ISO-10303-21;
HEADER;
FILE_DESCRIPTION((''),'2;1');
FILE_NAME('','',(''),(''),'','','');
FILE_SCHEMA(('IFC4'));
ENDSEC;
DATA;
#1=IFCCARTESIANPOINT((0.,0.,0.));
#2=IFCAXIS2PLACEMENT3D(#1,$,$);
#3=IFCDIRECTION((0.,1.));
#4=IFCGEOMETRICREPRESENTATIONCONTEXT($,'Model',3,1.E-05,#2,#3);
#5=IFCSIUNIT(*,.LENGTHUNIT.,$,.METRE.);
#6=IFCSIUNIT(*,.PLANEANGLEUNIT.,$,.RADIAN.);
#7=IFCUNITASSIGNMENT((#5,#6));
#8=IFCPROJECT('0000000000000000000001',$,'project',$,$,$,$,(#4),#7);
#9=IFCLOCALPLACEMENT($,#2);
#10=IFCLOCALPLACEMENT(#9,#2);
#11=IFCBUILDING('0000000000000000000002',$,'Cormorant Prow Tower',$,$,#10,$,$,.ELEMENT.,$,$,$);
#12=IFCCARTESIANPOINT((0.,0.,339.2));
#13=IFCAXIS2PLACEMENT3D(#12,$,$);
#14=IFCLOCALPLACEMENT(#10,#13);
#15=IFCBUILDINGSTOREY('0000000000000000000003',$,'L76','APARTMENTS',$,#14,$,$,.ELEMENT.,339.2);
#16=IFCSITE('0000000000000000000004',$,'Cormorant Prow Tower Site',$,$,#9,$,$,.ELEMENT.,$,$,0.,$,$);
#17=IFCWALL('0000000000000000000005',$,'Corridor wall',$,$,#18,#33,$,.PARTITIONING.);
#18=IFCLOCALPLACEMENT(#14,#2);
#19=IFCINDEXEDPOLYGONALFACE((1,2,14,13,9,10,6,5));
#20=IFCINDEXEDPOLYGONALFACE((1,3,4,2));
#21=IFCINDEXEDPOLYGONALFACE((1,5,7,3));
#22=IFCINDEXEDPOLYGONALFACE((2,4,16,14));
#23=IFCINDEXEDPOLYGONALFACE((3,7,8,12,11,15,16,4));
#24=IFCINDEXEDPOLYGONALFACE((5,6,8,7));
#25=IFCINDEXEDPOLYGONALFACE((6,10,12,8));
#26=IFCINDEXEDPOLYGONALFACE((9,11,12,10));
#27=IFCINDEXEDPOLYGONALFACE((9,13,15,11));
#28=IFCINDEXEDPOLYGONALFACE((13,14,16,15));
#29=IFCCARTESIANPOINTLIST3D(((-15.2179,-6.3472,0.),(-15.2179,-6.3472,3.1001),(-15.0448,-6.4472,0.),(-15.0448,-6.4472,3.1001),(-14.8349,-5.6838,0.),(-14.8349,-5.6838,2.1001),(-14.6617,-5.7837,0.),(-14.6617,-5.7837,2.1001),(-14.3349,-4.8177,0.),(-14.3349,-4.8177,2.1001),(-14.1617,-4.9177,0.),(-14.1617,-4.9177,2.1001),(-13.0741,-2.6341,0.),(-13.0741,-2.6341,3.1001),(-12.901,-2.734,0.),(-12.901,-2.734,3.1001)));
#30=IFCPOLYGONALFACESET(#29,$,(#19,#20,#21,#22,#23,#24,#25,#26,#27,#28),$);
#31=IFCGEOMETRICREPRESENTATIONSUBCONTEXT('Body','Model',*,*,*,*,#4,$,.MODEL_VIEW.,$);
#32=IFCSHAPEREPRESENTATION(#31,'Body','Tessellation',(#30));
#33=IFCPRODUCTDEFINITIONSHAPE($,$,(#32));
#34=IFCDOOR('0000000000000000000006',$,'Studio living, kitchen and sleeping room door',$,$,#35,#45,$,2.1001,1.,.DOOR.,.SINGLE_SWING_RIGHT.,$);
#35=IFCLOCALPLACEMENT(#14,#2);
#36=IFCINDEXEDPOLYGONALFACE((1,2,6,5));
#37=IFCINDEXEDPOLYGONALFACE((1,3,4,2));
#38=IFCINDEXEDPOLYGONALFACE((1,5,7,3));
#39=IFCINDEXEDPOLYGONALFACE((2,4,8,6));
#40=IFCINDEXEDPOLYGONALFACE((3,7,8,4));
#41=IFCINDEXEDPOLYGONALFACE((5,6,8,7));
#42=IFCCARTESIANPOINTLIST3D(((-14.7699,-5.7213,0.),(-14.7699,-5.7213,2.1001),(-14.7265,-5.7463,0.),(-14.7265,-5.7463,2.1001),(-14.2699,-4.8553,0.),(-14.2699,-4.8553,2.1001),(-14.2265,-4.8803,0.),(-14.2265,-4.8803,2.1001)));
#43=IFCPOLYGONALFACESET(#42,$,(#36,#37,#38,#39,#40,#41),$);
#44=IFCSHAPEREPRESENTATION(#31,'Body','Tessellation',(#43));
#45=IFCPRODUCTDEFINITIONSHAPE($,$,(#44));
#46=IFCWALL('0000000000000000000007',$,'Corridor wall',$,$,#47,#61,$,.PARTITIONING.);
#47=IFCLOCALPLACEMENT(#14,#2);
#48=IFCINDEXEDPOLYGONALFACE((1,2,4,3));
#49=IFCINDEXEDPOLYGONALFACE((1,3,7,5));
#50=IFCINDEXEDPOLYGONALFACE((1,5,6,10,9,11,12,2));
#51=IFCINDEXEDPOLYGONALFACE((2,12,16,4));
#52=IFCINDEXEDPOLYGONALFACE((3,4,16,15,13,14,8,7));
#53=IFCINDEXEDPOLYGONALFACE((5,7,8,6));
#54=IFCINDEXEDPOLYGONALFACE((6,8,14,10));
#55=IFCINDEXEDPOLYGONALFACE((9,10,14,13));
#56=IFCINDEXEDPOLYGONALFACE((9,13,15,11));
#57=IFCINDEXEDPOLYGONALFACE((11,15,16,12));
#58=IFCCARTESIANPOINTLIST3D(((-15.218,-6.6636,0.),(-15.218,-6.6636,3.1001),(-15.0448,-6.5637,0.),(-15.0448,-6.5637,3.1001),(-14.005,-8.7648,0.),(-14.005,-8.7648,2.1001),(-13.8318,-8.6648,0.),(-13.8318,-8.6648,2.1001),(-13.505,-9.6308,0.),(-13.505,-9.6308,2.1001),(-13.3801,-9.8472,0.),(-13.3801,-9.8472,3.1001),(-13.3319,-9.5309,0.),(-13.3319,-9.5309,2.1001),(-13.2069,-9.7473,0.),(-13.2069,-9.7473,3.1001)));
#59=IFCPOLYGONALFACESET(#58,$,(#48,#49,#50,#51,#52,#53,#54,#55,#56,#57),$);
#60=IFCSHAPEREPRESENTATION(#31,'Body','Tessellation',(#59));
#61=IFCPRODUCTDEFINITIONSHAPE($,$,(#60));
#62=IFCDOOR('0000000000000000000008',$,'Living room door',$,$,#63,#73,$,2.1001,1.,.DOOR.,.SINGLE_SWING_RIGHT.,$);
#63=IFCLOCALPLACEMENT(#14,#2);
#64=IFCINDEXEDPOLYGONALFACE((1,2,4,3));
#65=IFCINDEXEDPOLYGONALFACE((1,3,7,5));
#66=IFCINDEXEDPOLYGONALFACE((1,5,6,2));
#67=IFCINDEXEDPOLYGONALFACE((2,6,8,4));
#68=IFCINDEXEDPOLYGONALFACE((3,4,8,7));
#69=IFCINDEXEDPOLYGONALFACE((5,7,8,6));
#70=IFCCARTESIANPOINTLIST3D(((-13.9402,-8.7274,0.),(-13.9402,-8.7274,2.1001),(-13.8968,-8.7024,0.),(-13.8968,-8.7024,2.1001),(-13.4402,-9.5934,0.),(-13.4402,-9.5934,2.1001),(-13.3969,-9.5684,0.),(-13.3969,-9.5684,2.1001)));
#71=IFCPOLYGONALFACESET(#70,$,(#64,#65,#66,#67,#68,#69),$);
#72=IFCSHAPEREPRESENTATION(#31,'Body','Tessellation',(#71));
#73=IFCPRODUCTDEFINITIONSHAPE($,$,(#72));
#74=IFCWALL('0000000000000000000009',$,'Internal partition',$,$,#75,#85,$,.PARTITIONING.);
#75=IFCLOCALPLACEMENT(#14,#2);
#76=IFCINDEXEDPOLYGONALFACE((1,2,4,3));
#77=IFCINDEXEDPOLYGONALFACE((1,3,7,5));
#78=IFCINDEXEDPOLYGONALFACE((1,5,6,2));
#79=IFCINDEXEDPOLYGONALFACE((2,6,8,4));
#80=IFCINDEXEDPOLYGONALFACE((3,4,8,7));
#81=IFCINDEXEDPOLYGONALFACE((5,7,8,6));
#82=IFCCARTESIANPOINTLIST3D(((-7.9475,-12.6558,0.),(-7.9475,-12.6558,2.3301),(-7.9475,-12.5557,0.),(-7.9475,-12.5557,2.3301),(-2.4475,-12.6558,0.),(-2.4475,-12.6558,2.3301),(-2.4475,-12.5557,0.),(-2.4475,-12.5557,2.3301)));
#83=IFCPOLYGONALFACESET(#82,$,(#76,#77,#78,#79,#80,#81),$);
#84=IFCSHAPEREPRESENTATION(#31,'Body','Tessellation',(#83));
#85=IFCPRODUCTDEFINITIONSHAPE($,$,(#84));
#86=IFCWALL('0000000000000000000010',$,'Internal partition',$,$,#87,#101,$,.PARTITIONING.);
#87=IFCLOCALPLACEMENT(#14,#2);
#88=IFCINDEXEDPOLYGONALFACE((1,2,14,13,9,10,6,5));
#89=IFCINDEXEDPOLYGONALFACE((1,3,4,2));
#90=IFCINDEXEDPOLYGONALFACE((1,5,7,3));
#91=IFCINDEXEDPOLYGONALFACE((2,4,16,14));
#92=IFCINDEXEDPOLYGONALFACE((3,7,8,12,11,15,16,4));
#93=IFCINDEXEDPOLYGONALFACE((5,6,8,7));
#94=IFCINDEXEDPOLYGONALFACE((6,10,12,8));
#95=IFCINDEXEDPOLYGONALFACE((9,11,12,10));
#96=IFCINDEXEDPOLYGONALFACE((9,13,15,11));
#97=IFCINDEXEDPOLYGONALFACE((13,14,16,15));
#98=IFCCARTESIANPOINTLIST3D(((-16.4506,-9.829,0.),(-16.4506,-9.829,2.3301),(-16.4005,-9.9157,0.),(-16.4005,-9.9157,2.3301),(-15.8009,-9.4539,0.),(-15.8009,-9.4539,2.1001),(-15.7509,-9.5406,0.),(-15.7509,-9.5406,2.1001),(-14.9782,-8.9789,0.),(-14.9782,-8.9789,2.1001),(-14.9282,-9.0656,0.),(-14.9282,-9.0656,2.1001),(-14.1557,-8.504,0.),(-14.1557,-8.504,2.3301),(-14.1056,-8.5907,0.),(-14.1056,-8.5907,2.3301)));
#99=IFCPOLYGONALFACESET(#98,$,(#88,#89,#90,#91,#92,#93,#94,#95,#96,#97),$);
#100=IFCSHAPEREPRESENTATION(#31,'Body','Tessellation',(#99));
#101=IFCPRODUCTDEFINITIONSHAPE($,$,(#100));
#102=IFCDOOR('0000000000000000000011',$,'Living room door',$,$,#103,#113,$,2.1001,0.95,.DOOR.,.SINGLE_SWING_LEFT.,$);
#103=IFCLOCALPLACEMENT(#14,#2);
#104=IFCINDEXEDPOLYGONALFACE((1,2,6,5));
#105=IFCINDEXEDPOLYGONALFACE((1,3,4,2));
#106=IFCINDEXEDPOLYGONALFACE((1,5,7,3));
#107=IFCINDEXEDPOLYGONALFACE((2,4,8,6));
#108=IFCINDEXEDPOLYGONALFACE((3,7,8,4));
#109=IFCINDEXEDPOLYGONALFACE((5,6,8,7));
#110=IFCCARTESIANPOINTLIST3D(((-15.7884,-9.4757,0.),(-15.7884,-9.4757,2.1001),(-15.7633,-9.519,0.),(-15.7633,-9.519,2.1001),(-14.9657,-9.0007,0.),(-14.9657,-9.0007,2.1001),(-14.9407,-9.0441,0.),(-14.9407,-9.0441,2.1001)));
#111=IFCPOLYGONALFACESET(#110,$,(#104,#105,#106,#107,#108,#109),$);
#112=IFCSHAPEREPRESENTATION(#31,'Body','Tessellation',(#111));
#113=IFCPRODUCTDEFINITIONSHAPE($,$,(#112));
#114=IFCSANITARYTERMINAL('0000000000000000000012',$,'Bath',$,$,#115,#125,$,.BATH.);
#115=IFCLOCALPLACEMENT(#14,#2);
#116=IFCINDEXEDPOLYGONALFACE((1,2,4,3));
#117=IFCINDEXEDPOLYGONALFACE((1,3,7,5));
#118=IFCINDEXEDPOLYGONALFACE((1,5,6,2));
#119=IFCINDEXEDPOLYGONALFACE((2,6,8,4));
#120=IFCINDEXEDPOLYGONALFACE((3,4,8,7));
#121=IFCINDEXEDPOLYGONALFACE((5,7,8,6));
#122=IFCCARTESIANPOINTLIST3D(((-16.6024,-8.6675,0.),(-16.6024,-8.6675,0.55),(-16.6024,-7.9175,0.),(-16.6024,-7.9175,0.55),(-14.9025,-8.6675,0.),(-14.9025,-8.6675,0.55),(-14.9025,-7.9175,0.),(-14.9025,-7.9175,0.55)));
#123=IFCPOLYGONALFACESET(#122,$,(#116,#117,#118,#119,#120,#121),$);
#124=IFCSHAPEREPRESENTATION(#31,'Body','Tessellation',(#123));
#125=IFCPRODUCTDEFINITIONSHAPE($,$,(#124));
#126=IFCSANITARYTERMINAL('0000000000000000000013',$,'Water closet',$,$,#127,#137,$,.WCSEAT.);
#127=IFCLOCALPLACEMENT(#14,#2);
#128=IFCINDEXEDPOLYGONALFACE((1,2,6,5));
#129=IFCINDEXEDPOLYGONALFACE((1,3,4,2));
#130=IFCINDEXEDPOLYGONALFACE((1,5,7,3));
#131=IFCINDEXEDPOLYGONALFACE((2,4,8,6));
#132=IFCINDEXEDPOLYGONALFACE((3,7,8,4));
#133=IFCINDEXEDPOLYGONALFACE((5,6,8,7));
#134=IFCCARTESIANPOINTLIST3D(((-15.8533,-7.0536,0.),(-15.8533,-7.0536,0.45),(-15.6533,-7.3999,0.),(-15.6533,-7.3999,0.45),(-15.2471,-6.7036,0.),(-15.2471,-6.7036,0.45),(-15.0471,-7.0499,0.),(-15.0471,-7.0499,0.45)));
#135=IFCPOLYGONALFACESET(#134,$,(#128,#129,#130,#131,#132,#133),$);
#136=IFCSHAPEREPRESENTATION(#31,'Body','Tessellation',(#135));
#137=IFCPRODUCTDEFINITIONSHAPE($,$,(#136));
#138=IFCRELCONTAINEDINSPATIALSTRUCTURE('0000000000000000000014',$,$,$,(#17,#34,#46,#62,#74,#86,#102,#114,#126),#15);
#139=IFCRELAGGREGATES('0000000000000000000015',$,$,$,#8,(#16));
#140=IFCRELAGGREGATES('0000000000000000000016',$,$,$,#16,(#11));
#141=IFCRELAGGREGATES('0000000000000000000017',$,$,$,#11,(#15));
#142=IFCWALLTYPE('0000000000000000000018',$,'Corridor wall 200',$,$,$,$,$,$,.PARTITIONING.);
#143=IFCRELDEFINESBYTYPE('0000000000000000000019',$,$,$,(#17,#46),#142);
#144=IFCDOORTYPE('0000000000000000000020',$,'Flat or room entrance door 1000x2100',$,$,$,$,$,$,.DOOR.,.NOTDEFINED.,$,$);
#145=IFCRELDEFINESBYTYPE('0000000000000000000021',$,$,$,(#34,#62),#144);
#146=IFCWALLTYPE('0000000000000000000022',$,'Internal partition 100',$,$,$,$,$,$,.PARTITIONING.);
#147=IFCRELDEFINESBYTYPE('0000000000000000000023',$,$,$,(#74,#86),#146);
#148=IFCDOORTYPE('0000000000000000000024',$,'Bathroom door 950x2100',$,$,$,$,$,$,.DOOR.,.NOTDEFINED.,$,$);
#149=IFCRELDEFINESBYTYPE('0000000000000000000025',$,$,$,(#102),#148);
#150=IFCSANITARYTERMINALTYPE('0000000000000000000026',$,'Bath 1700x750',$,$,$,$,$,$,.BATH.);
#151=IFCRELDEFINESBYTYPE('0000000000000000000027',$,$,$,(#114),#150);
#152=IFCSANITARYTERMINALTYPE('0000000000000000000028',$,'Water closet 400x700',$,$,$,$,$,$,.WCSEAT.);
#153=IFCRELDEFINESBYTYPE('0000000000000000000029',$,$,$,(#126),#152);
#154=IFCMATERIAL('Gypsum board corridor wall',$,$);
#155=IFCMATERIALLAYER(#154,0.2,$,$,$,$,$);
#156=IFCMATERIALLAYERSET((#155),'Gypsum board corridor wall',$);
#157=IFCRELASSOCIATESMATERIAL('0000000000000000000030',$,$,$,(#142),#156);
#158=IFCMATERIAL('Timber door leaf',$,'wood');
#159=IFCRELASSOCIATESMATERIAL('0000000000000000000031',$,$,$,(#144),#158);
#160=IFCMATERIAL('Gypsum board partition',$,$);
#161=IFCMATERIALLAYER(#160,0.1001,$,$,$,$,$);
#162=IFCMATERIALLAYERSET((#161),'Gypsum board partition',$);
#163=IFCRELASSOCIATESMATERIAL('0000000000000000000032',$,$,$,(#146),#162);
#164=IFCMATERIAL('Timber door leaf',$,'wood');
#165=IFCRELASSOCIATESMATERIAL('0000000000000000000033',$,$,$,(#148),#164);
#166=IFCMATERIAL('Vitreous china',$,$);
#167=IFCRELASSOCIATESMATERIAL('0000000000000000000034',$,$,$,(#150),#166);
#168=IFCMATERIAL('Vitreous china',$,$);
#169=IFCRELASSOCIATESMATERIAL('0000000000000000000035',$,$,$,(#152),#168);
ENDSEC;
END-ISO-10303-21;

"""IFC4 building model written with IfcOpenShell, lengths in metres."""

from ifc_helpers import new_model, si_unit, direction, frame, frame_2d, origin, origin_2d, place, context, subcontext, project, spatial, rectangle, extrude, material, layer, layer_set, type_object, element, fill, save


model = new_model("IFC4")

# Units and contexts
model_context = context("Model", 3, precision=1e-05, world=origin(), true_north=direction((0.0, 1.0)))
body_context = subcontext(model_context, "Body", "Model", "MODEL_VIEW")
ifc_project = project(units=[si_unit("LENGTHUNIT", "METRE"), si_unit("PLANEANGLEUNIT", "RADIAN")], contexts=[model_context])

# Site, building, storey
site_placement = place(None, origin())
site = spatial("IfcSite", under=ifc_project, at=site_placement, Name="Cormorant Prow Tower Site", CompositionType="ELEMENT", RefElevation=0.0)
building_placement = place(site_placement, origin())
building = spatial("IfcBuilding", under=site, at=building_placement, Name="Cormorant Prow Tower", CompositionType="ELEMENT")
storey_placement = place(building_placement, frame((0.0, 0.0, 339.2)))
storey = spatial("IfcBuildingStorey", under=building, at=storey_placement, Name="L76", Description="APARTMENTS", CompositionType="ELEMENT", Elevation=339.2)

# Shared definitions
ifc_material_1 = material(Name="Gypsum board corridor wall")
ifc_layer_1 = layer(ifc_material_1, 0.2)
ifc_layer_set_1 = layer_set([ifc_layer_1], Name="Gypsum board corridor wall")
wall_type_1 = type_object("IfcWallType", Name="Corridor wall 200", PredefinedType="PARTITIONING", material=ifc_layer_set_1)
ifc_material_2 = material(Name="Timber door leaf", Category="wood")
door_type_1 = type_object("IfcDoorType", Name="Flat or room entrance door 1000x2100", OperationType="NOTDEFINED", PredefinedType="DOOR", material=ifc_material_2)

# Walls, openings, doors
wall_1_placement = place(storey_placement, frame((-15.1313, -6.3972, 0.0), z_axis=(0.0, 0.0, 1.0), x_axis=(0.500003, 0.866023, 0.0)))
wall_1 = element("IfcWall", 1, at=wall_1_placement, inside=storey, type_object=wall_type_1, Name="Corridor wall", PredefinedType="PARTITIONING", context=body_context, shape_type="SweptSolid", body=[
    extrude(rectangle(XDim=4.2876, YDim=0.2, at=frame_2d((2.1438, 0.0))), origin(), (0.0, 0.0, 1.0), 3.1001),
])
opening_1_placement = place(wall_1_placement, frame((0.7661, 0.0, 0.0)))
opening_1 = element("IfcOpeningElement", 2, at=opening_1_placement, cuts=wall_1, PredefinedType="OPENING", context=body_context, shape_type="SweptSolid", body=[
    extrude(rectangle(XDim=1.0, YDim=2.1001, at=frame_2d((0.5, 1.05))), frame((0.0, 0.1099, 0.0), z_axis=(0.0, -1.0, 0.0), x_axis=(1.0, 0.0, 0.0)), (0.0, 0.0, 1.0), 0.22),
])
door_1_placement = place(opening_1_placement, origin())
door_1 = element("IfcDoor", 3, at=door_1_placement, inside=storey, type_object=door_type_1, Name="Studio living, kitchen and sleeping room door", OperationType="SINGLE_SWING_RIGHT", OverallHeight=2.1001, OverallWidth=1.0, PredefinedType="DOOR", context=body_context, shape_type="SweptSolid", body=[
    extrude(rectangle(XDim=1.0, YDim=2.1001, at=frame_2d((0.5, 1.05))), frame((0.0, 0.0249, 0.0), z_axis=(0.0, -1.0, 0.0), x_axis=(1.0, 0.0, 0.0)), (0.0, 0.0, 1.0), 0.05),
])
fill(opening_1, door_1)
wall_2_placement = place(storey_placement, frame((-15.1313, -6.6138, 0.0), z_axis=(0.0, 0.0, 1.0), x_axis=(0.499968, -0.866044, 0.0)))
wall_2 = element("IfcWall", 4, at=wall_2_placement, inside=storey, type_object=wall_type_1, Name="Corridor wall", PredefinedType="PARTITIONING", context=body_context, shape_type="SweptSolid", body=[
    extrude(rectangle(XDim=3.676, YDim=0.2, at=frame_2d((1.8379, 0.0))), origin(), (0.0, 0.0, 1.0), 3.1001),
])
opening_2_placement = place(wall_2_placement, frame((2.426, 0.0, 0.0)))
opening_2 = element("IfcOpeningElement", 5, at=opening_2_placement, cuts=wall_2, PredefinedType="OPENING", context=body_context, shape_type="SweptSolid", body=[
    extrude(rectangle(XDim=1.0, YDim=2.1001, at=frame_2d((0.5, 1.05))), frame((0.0, 0.1099, 0.0), z_axis=(0.0, -1.0, 0.0), x_axis=(1.0, 0.0, 0.0)), (0.0, 0.0, 1.0), 0.22),
])
door_2_placement = place(opening_2_placement, origin())
door_2 = element("IfcDoor", 6, at=door_2_placement, inside=storey, type_object=door_type_1, Name="Living room door", OperationType="SINGLE_SWING_RIGHT", OverallHeight=2.1001, OverallWidth=1.0, PredefinedType="DOOR", context=body_context, shape_type="SweptSolid", body=[
    extrude(rectangle(XDim=1.0, YDim=2.1001, at=frame_2d((0.5, 1.05))), frame((0.0, 0.0249, 0.0), z_axis=(0.0, -1.0, 0.0), x_axis=(1.0, 0.0, 0.0)), (0.0, 0.0, 1.0), 0.05),
])
fill(opening_2, door_2)

# Wall
ifc_material_3 = material(Name="Gypsum board partition")
ifc_layer_2 = layer(ifc_material_3, 0.1001)
ifc_layer_set_2 = layer_set([ifc_layer_2], Name="Gypsum board partition")
wall_type_2 = type_object("IfcWallType", Name="Internal partition 100", PredefinedType="PARTITIONING", material=ifc_layer_set_2)
wall_3_placement = place(storey_placement, frame((-7.9475, -12.6057, 0.0), z_axis=(0.0, 0.0, 1.0), x_axis=(1.0, 0.0, 0.0)))
element("IfcWall", 7, at=wall_3_placement, inside=storey, type_object=wall_type_2, Name="Internal partition", PredefinedType="PARTITIONING", context=body_context, shape_type="SweptSolid", body=[
    extrude(rectangle(XDim=5.5, YDim=0.1001, at=frame_2d((2.75, 0.0))), origin(), (0.0, 0.0, 1.0), 2.3301),
])

# Wall, opening, door
wall_4_placement = place(storey_placement, frame((-16.4255, -9.8723, 0.0), z_axis=(0.0, 0.0, 1.0), x_axis=(0.866029, 0.499994, 0.0)))
wall_4 = element("IfcWall", 8, at=wall_4_placement, inside=storey, type_object=wall_type_2, Name="Internal partition", PredefinedType="PARTITIONING", context=body_context, shape_type="SweptSolid", body=[
    extrude(rectangle(XDim=2.6499, YDim=0.1001, at=frame_2d((1.325, 0.0))), origin(), (0.0, 0.0, 1.0), 2.3301),
])
opening_3_placement = place(wall_4_placement, frame((0.75, 0.0, 0.0)))
opening_3 = element("IfcOpeningElement", 9, at=opening_3_placement, cuts=wall_4, PredefinedType="OPENING", context=body_context, shape_type="SweptSolid", body=[
    extrude(rectangle(XDim=0.95, YDim=2.1001, at=frame_2d((0.4751, 1.05))), frame((0.0, 0.0601, 0.0), z_axis=(0.0, -1.0, 0.0), x_axis=(1.0, 0.0, 0.0)), (0.0, 0.0, 1.0), 0.1201),
])
ifc_material_4 = material(Name="Timber door leaf", Category="wood")
door_type_2 = type_object("IfcDoorType", Name="Bathroom door 950x2100", OperationType="NOTDEFINED", PredefinedType="DOOR", material=ifc_material_4)
door_3_placement = place(opening_3_placement, origin())
door_3 = element("IfcDoor", 10, at=door_3_placement, inside=storey, type_object=door_type_2, Name="Living room door", OperationType="SINGLE_SWING_LEFT", OverallHeight=2.1001, OverallWidth=0.95, PredefinedType="DOOR", context=body_context, shape_type="SweptSolid", body=[
    extrude(rectangle(XDim=0.95, YDim=2.1001, at=frame_2d((0.4751, 1.05))), frame((0.0, 0.0249, 0.0), z_axis=(0.0, -1.0, 0.0), x_axis=(1.0, 0.0, 0.0)), (0.0, 0.0, 1.0), 0.05),
])
fill(opening_3, door_3)

# Sanitary terminals
ifc_material_5 = material(Name="Vitreous china")
sanitary_terminal_type_1 = type_object("IfcSanitaryTerminalType", Name="Bath 1700x750", PredefinedType="BATH", material=ifc_material_5)
sanitary_terminal_1_placement = place(storey_placement, frame((-15.7524, -8.2925, 0.0), z_axis=(0.0, 0.0, 1.0), x_axis=(1.0, 0.0, 0.0)))
element("IfcSanitaryTerminal", 11, at=sanitary_terminal_1_placement, inside=storey, type_object=sanitary_terminal_type_1, Name="Bath", PredefinedType="BATH", context=body_context, shape_type="SweptSolid", body=[
    extrude(rectangle(XDim=1.7, YDim=0.75, at=origin_2d()), origin(), (0.0, 0.0, 1.0), 0.55),
])
ifc_material_6 = material(Name="Vitreous china")
sanitary_terminal_type_2 = type_object("IfcSanitaryTerminalType", Name="Water closet 400x700", PredefinedType="WCSEAT", material=ifc_material_6)
sanitary_terminal_2_placement = place(storey_placement, frame((-15.4502, -7.0518, 0.0), z_axis=(0.0, 0.0, 1.0), x_axis=(0.5, -0.866025, 0.0)))
element("IfcSanitaryTerminal", 12, at=sanitary_terminal_2_placement, inside=storey, type_object=sanitary_terminal_type_2, Name="Water closet", PredefinedType="WCSEAT", context=body_context, shape_type="SweptSolid", body=[
    extrude(rectangle(XDim=0.3999, YDim=0.7, at=origin_2d()), origin(), (0.0, 0.0, 1.0), 0.45),
])

save(model, "model.ifc")
